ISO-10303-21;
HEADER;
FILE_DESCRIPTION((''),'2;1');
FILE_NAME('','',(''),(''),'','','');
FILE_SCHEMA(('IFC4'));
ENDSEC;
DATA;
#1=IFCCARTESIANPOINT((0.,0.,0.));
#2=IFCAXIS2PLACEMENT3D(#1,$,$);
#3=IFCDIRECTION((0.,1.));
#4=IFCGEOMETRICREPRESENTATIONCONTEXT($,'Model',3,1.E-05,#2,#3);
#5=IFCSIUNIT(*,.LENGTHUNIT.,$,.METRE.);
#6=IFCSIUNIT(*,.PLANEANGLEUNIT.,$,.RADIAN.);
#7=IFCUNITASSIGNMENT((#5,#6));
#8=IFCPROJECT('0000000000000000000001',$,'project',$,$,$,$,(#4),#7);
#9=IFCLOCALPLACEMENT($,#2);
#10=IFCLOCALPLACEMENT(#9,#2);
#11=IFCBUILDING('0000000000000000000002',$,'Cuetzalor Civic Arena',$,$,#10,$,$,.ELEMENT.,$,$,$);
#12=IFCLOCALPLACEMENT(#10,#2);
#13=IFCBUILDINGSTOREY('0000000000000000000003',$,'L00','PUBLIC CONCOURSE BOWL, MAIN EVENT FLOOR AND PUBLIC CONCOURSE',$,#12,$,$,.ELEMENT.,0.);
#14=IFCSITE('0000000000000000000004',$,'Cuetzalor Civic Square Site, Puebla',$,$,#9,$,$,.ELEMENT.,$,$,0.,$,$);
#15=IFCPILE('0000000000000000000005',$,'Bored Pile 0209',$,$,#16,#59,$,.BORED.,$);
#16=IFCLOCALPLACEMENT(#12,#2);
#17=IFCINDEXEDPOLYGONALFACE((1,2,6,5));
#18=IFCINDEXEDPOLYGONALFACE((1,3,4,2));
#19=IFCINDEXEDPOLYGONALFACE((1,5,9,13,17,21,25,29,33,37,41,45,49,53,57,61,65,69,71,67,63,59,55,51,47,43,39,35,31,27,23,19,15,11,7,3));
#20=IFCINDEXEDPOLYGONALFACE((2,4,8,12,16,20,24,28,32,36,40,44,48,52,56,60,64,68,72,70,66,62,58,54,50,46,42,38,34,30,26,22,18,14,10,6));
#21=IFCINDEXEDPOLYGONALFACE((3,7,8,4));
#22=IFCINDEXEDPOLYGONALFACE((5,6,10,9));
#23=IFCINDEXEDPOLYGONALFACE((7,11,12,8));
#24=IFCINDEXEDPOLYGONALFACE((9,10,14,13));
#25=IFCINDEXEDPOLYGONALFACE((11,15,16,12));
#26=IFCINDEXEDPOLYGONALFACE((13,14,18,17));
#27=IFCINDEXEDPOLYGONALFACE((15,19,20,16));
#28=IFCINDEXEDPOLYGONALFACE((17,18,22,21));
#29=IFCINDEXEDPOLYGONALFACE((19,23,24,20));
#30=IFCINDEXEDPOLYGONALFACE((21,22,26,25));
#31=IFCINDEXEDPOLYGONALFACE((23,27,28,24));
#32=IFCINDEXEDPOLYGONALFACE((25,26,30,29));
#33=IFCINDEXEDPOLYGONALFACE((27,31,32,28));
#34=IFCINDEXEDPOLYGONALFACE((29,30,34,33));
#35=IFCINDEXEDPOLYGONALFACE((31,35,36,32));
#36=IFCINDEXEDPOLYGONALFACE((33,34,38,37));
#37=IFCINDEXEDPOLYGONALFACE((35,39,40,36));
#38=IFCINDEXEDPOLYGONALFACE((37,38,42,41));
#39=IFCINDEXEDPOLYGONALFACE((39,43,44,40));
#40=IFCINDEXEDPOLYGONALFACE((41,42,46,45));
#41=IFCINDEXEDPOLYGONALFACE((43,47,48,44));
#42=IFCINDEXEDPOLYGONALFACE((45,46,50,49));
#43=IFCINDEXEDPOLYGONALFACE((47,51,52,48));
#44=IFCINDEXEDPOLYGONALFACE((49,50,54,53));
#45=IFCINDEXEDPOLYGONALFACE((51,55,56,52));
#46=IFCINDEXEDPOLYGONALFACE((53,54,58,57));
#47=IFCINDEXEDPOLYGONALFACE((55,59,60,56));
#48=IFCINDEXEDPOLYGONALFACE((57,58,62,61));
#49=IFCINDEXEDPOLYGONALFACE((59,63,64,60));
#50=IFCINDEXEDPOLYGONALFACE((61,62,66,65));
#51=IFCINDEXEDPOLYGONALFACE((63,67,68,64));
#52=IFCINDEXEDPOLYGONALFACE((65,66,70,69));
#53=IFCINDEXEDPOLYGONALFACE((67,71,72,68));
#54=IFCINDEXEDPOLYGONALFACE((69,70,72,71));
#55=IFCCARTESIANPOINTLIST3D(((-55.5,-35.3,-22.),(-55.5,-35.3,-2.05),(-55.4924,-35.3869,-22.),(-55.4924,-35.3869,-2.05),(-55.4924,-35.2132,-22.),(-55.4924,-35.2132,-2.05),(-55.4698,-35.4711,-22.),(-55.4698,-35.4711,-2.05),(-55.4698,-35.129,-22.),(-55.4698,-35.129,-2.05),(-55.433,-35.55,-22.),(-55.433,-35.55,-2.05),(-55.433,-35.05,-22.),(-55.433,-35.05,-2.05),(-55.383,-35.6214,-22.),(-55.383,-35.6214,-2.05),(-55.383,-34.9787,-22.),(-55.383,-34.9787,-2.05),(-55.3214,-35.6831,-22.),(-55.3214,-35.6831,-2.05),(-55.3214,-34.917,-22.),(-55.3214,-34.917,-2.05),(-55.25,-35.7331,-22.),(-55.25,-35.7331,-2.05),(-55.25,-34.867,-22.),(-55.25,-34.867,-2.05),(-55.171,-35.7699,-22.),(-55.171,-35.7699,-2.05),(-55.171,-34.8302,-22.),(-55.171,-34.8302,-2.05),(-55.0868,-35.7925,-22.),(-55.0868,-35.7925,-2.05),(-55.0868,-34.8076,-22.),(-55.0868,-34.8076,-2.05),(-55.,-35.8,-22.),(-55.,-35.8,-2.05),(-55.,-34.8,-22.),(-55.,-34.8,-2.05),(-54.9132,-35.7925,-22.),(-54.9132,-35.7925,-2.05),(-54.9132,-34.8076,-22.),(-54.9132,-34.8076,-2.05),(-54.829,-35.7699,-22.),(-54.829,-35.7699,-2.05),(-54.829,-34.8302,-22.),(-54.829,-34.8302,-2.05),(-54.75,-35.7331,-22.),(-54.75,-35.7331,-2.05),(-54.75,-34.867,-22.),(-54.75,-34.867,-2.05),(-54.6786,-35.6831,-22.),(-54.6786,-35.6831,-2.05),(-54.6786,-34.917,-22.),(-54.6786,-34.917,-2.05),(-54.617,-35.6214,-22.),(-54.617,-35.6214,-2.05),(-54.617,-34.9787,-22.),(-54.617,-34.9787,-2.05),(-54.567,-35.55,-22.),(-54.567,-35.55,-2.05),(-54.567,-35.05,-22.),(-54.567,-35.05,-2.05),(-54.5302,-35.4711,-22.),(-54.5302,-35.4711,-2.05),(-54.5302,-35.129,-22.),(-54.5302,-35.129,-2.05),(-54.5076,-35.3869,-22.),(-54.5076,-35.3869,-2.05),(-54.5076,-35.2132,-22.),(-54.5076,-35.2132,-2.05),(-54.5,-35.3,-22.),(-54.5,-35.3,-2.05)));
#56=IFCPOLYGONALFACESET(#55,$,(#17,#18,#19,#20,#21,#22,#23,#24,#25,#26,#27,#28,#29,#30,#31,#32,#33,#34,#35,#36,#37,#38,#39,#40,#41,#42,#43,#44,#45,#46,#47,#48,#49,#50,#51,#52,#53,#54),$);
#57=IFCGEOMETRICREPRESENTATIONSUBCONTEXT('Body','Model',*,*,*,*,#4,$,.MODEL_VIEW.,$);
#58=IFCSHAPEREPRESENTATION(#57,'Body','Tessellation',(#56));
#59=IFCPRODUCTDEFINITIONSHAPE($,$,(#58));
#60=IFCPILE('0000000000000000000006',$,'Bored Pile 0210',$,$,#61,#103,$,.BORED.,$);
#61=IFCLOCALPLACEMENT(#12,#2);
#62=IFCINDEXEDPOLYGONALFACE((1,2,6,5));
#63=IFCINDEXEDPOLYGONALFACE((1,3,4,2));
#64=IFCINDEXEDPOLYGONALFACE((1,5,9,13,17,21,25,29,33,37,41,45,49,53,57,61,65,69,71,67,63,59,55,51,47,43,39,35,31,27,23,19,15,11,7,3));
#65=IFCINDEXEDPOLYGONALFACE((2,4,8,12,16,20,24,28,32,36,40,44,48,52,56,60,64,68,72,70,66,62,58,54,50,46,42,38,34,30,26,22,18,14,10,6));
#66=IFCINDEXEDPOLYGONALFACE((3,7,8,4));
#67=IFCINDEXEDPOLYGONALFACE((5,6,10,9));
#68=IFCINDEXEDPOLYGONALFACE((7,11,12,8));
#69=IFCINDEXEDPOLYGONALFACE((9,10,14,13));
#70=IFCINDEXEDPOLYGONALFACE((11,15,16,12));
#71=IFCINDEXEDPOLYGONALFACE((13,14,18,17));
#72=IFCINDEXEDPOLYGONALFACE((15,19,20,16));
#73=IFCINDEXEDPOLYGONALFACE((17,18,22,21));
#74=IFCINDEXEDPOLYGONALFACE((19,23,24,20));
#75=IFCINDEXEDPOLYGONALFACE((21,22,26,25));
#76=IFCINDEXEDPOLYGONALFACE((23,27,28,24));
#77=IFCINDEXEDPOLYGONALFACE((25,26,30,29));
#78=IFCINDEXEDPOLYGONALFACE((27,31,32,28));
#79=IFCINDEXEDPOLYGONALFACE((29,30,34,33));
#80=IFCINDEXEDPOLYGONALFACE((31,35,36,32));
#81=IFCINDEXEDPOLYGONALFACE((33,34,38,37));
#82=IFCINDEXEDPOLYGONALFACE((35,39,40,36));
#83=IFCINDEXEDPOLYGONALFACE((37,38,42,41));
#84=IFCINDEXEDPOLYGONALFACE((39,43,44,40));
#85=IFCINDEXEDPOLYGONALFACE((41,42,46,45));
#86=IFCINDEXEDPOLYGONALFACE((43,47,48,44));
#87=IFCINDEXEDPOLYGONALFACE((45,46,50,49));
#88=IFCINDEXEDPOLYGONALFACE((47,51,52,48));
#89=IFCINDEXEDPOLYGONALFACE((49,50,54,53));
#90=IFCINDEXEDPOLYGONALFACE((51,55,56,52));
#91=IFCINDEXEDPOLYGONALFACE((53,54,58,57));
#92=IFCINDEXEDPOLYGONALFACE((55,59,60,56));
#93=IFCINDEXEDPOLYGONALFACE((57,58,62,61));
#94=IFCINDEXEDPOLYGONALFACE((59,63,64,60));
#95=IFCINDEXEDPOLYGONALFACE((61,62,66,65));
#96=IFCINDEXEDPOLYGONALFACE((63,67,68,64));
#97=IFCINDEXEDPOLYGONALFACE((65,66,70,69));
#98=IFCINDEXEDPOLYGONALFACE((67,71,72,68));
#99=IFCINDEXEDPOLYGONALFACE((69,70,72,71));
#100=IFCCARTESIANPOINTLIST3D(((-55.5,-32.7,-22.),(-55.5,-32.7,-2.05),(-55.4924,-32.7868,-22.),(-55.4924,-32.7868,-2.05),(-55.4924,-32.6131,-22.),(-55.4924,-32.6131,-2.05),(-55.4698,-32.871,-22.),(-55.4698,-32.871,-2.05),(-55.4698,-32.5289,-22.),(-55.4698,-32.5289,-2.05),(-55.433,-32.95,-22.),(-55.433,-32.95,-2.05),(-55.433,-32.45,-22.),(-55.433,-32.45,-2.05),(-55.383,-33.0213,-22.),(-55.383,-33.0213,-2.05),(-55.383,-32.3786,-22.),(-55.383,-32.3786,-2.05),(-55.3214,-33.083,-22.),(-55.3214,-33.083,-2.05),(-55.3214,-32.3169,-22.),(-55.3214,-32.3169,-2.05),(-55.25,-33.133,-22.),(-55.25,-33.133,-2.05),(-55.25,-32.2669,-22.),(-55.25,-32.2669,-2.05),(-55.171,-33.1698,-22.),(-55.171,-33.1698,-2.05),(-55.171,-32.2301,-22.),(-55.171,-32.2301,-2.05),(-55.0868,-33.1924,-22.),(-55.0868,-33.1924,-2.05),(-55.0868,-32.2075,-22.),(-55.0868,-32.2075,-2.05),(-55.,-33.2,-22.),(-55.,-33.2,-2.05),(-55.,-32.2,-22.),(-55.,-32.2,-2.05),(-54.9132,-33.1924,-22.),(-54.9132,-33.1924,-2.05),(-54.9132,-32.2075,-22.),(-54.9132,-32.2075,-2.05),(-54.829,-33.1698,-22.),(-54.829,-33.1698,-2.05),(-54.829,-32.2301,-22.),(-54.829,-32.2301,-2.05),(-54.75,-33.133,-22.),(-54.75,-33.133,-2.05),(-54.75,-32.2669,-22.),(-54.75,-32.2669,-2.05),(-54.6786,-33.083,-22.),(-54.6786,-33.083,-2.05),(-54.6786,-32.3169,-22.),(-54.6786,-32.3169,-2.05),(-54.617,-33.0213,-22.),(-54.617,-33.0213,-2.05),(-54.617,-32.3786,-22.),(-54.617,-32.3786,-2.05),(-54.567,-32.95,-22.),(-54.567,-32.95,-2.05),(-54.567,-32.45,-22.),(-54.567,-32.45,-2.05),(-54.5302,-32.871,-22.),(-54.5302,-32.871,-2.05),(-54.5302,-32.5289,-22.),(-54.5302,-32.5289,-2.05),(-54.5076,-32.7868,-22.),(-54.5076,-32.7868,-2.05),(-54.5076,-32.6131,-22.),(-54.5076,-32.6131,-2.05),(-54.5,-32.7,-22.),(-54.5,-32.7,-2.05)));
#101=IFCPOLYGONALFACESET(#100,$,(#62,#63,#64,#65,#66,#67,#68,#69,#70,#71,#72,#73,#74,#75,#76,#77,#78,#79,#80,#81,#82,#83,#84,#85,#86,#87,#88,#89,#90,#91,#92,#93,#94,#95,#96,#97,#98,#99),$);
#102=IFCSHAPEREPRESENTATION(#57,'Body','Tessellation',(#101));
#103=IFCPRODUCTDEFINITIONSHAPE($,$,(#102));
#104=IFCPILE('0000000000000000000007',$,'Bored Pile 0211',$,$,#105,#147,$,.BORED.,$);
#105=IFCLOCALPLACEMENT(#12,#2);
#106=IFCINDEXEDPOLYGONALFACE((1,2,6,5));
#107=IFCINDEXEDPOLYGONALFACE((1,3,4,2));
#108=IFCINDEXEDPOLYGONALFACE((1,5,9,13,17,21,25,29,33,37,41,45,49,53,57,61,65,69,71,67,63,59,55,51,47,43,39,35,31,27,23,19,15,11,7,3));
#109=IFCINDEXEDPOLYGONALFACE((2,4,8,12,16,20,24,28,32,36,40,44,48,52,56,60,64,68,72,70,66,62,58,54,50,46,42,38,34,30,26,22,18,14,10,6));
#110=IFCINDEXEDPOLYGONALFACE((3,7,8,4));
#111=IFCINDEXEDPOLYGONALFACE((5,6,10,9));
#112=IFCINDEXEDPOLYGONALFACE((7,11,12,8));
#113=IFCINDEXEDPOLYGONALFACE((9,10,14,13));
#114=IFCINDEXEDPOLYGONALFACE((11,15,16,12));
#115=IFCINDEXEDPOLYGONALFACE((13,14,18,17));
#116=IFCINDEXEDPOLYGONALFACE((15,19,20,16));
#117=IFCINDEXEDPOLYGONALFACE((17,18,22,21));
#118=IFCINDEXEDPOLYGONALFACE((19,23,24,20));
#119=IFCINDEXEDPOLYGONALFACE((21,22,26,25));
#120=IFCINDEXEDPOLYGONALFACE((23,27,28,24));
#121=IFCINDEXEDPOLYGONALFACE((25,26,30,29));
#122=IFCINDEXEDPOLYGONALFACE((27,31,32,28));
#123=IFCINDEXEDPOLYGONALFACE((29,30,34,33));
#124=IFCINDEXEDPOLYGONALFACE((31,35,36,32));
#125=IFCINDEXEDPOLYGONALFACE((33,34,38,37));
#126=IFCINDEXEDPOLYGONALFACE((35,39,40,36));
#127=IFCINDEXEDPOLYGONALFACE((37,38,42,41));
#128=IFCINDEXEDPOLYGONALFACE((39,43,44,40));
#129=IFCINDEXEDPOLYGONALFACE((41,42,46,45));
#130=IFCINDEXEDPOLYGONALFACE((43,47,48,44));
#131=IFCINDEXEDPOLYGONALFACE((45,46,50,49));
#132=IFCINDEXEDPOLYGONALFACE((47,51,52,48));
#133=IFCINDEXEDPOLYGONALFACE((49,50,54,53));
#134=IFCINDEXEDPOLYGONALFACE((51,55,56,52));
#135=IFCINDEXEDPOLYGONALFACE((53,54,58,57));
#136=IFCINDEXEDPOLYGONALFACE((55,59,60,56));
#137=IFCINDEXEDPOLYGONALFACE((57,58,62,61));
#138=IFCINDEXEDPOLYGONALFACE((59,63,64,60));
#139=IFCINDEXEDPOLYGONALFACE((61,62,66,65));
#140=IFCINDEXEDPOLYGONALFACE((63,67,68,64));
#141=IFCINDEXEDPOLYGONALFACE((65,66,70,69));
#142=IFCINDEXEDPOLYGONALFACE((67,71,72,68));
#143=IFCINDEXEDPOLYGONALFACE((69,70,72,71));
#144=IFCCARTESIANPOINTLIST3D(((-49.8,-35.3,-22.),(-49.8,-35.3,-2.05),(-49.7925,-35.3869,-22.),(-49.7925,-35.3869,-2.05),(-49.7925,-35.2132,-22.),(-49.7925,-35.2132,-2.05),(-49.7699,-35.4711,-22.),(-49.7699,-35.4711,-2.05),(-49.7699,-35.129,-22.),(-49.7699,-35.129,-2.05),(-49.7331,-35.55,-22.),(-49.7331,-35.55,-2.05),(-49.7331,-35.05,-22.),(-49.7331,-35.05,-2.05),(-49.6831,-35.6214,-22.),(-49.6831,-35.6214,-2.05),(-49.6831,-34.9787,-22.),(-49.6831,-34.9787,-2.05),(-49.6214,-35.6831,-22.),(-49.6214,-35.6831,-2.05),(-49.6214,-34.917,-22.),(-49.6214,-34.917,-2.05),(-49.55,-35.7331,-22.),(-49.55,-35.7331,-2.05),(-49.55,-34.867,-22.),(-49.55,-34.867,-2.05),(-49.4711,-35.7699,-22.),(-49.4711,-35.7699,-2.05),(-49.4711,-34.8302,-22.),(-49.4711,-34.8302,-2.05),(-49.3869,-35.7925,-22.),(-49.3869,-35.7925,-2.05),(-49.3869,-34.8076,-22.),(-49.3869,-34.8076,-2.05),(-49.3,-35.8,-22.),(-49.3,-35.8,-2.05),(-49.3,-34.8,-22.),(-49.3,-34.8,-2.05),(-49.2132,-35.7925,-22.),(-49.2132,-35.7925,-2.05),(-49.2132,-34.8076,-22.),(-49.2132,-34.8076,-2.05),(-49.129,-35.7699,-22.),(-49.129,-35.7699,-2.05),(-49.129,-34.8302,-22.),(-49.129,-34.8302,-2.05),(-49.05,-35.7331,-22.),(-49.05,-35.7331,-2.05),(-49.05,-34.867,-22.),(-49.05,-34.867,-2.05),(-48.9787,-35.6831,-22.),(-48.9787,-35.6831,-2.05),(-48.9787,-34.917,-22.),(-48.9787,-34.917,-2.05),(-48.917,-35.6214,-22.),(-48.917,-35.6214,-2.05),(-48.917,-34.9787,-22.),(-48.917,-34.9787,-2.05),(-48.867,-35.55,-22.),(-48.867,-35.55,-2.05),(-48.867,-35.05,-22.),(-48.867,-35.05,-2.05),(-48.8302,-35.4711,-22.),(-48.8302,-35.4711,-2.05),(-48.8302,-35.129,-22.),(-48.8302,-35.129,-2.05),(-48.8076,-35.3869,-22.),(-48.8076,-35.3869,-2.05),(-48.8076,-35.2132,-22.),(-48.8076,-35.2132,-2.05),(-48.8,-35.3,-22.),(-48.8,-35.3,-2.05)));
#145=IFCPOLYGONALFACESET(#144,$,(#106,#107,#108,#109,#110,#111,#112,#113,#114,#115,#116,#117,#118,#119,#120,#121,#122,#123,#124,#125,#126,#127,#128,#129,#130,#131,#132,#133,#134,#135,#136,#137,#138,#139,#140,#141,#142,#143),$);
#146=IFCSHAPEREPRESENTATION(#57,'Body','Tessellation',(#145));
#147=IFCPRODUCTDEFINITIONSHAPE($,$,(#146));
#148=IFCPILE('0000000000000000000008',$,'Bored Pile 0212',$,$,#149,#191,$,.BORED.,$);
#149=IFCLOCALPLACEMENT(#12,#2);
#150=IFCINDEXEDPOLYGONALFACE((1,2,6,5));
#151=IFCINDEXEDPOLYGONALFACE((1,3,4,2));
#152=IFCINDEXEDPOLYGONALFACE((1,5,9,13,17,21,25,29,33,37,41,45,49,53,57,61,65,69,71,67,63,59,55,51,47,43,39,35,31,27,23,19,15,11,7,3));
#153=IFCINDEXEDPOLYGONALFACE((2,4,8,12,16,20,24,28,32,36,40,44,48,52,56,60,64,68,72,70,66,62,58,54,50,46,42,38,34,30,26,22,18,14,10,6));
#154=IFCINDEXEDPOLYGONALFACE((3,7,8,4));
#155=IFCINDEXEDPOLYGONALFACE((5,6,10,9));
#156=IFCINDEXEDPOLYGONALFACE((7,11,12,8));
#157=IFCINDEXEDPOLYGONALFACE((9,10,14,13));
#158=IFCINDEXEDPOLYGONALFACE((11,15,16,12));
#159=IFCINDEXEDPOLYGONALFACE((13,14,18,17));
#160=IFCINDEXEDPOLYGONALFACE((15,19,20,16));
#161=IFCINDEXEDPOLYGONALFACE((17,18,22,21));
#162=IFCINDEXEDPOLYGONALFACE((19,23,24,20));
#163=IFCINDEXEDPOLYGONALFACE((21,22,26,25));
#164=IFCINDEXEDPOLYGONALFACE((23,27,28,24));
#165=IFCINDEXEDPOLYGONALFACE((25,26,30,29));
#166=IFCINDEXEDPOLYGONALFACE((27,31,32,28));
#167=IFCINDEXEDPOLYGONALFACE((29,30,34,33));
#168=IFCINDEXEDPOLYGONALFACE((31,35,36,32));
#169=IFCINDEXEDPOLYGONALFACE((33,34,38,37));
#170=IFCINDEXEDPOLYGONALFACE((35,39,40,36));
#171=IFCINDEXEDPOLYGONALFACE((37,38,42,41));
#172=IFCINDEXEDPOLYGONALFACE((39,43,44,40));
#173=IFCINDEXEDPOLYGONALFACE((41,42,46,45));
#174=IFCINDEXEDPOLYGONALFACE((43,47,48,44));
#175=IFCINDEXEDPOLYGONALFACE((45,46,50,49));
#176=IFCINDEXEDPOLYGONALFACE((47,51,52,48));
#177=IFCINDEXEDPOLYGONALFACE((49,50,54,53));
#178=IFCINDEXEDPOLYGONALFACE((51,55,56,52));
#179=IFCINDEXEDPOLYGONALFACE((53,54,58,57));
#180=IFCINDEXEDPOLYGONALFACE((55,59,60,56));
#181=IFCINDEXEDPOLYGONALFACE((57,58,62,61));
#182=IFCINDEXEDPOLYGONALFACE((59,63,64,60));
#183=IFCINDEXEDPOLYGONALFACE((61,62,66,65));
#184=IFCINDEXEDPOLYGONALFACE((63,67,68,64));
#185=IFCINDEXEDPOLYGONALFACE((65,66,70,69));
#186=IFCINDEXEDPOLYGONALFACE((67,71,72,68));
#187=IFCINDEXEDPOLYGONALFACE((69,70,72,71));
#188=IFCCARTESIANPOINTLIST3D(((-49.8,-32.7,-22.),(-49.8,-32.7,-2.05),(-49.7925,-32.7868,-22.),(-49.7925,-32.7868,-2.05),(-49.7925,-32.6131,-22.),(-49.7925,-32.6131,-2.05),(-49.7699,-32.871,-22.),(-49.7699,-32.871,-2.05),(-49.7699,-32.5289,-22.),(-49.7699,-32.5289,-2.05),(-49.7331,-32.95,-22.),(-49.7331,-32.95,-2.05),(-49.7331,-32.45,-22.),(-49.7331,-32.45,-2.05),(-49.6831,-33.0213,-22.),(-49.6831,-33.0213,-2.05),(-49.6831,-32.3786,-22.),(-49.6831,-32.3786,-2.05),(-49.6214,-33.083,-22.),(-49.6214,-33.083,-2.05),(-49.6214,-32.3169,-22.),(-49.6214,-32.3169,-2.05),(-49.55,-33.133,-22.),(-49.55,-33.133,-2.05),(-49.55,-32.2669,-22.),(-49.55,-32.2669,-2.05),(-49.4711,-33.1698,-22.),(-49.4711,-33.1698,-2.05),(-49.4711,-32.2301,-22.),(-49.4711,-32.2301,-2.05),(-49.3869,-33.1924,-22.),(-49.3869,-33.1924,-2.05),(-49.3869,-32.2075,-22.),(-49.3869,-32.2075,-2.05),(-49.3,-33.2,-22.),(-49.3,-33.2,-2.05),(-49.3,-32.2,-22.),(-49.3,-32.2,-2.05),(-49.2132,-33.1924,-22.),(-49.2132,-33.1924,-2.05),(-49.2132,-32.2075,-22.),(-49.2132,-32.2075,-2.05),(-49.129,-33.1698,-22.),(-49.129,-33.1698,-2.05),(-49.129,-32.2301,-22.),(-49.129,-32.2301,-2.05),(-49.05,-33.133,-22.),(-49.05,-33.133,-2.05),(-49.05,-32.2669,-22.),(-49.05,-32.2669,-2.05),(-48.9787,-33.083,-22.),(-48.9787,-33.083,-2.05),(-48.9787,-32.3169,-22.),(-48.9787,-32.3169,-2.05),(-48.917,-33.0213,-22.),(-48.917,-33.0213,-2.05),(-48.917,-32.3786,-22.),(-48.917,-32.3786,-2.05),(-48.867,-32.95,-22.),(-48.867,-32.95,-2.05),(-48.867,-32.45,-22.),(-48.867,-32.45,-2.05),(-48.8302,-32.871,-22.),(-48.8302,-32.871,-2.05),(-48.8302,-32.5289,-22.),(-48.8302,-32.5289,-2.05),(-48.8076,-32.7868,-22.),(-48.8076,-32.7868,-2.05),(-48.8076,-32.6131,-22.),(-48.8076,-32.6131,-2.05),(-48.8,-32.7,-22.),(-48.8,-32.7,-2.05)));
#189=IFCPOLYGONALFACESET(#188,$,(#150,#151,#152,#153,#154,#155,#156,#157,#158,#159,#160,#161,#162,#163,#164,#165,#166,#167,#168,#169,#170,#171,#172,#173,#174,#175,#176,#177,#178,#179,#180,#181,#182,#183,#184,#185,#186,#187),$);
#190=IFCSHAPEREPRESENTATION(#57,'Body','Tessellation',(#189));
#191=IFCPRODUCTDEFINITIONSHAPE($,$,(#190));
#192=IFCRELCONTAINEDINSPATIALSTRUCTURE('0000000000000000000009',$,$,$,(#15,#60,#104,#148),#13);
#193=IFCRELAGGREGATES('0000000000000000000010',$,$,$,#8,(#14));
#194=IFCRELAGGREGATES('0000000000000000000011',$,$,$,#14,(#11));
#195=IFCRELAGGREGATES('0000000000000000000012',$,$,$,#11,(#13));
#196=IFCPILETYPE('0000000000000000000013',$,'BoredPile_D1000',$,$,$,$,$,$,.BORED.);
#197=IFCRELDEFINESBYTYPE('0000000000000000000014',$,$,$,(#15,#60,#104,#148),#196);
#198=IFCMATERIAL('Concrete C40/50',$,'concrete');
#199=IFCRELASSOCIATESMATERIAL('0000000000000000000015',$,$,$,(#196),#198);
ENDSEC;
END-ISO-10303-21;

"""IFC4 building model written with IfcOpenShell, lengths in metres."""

from ifc_helpers import new_model, si_unit, direction, frame, origin, origin_2d, place, context, subcontext, project, spatial, circle, extrude, material, material_profile, profile_set, type_object, element, save


model = new_model("IFC4")

# Units and contexts
model_context = context("Model", 3, precision=1e-05, world=origin(), true_north=direction((0.0, 1.0)))
body_context = subcontext(model_context, "Body", "Model", "MODEL_VIEW")
ifc_project = project(units=[si_unit("LENGTHUNIT", "METRE"), si_unit("PLANEANGLEUNIT", "RADIAN")], contexts=[model_context])

# Site, building, storey
site_placement = place(None, origin())
site = spatial("IfcSite", under=ifc_project, at=site_placement, Name="Cuetzalor Civic Square Site, Puebla", CompositionType="ELEMENT", RefElevation=0.0)
building_placement = place(site_placement, origin())
building = spatial("IfcBuilding", under=site, at=building_placement, Name="Cuetzalor Civic Arena", CompositionType="ELEMENT")
storey_placement = place(building_placement, origin())
storey = spatial("IfcBuildingStorey", under=building, at=storey_placement, Name="L00", Description="PUBLIC CONCOURSE BOWL, MAIN EVENT FLOOR AND PUBLIC CONCOURSE", CompositionType="ELEMENT", Elevation=0.0)

# Piles
ifc_material_1 = material(Name="Concrete C40/50", Category="concrete")
ifc_material_profile_1 = material_profile(ifc_material_1, circle(Radius=0.5, at=origin_2d()), Name="BORED PILE D1000")
ifc_profile_set_1 = profile_set([ifc_material_profile_1], Name="Concrete C40/50")
pile_type_1 = type_object("IfcPileType", Name="BoredPile_D1000", PredefinedType="BORED", material=ifc_profile_set_1)
for number, where, z_axis, x_axis, name in (
    (1, (-55.0, -35.3, -2.05), (0.0, 0.0, -1.0), (1.0, 0.0, 0.0), "Bored Pile 0209"),
    (2, (-55.0, -32.7, -2.05), (0.0, 0.0, -1.0), (1.0, 0.0, 0.0), "Bored Pile 0210"),
    (3, (-49.3, -35.3, -2.05), (0.0, 0.0, -1.0), (1.0, 0.0, 0.0), "Bored Pile 0211"),
    (4, (-49.3, -32.7, -2.05), (0.0, 0.0, -1.0), (1.0, 0.0, 0.0), "Bored Pile 0212"),
):
    element("IfcPile", number, at=place(storey_placement, frame(where, z_axis=z_axis, x_axis=x_axis)), inside=storey, type_object=pile_type_1, Name=name, PredefinedType="BORED", context=body_context, shape_type="SweptSolid", body=[
        extrude(circle(Radius=0.5, at=origin_2d()), origin(), (0.0, 0.0, 1.0), 19.95),
    ])

save(model, "model.ifc")
